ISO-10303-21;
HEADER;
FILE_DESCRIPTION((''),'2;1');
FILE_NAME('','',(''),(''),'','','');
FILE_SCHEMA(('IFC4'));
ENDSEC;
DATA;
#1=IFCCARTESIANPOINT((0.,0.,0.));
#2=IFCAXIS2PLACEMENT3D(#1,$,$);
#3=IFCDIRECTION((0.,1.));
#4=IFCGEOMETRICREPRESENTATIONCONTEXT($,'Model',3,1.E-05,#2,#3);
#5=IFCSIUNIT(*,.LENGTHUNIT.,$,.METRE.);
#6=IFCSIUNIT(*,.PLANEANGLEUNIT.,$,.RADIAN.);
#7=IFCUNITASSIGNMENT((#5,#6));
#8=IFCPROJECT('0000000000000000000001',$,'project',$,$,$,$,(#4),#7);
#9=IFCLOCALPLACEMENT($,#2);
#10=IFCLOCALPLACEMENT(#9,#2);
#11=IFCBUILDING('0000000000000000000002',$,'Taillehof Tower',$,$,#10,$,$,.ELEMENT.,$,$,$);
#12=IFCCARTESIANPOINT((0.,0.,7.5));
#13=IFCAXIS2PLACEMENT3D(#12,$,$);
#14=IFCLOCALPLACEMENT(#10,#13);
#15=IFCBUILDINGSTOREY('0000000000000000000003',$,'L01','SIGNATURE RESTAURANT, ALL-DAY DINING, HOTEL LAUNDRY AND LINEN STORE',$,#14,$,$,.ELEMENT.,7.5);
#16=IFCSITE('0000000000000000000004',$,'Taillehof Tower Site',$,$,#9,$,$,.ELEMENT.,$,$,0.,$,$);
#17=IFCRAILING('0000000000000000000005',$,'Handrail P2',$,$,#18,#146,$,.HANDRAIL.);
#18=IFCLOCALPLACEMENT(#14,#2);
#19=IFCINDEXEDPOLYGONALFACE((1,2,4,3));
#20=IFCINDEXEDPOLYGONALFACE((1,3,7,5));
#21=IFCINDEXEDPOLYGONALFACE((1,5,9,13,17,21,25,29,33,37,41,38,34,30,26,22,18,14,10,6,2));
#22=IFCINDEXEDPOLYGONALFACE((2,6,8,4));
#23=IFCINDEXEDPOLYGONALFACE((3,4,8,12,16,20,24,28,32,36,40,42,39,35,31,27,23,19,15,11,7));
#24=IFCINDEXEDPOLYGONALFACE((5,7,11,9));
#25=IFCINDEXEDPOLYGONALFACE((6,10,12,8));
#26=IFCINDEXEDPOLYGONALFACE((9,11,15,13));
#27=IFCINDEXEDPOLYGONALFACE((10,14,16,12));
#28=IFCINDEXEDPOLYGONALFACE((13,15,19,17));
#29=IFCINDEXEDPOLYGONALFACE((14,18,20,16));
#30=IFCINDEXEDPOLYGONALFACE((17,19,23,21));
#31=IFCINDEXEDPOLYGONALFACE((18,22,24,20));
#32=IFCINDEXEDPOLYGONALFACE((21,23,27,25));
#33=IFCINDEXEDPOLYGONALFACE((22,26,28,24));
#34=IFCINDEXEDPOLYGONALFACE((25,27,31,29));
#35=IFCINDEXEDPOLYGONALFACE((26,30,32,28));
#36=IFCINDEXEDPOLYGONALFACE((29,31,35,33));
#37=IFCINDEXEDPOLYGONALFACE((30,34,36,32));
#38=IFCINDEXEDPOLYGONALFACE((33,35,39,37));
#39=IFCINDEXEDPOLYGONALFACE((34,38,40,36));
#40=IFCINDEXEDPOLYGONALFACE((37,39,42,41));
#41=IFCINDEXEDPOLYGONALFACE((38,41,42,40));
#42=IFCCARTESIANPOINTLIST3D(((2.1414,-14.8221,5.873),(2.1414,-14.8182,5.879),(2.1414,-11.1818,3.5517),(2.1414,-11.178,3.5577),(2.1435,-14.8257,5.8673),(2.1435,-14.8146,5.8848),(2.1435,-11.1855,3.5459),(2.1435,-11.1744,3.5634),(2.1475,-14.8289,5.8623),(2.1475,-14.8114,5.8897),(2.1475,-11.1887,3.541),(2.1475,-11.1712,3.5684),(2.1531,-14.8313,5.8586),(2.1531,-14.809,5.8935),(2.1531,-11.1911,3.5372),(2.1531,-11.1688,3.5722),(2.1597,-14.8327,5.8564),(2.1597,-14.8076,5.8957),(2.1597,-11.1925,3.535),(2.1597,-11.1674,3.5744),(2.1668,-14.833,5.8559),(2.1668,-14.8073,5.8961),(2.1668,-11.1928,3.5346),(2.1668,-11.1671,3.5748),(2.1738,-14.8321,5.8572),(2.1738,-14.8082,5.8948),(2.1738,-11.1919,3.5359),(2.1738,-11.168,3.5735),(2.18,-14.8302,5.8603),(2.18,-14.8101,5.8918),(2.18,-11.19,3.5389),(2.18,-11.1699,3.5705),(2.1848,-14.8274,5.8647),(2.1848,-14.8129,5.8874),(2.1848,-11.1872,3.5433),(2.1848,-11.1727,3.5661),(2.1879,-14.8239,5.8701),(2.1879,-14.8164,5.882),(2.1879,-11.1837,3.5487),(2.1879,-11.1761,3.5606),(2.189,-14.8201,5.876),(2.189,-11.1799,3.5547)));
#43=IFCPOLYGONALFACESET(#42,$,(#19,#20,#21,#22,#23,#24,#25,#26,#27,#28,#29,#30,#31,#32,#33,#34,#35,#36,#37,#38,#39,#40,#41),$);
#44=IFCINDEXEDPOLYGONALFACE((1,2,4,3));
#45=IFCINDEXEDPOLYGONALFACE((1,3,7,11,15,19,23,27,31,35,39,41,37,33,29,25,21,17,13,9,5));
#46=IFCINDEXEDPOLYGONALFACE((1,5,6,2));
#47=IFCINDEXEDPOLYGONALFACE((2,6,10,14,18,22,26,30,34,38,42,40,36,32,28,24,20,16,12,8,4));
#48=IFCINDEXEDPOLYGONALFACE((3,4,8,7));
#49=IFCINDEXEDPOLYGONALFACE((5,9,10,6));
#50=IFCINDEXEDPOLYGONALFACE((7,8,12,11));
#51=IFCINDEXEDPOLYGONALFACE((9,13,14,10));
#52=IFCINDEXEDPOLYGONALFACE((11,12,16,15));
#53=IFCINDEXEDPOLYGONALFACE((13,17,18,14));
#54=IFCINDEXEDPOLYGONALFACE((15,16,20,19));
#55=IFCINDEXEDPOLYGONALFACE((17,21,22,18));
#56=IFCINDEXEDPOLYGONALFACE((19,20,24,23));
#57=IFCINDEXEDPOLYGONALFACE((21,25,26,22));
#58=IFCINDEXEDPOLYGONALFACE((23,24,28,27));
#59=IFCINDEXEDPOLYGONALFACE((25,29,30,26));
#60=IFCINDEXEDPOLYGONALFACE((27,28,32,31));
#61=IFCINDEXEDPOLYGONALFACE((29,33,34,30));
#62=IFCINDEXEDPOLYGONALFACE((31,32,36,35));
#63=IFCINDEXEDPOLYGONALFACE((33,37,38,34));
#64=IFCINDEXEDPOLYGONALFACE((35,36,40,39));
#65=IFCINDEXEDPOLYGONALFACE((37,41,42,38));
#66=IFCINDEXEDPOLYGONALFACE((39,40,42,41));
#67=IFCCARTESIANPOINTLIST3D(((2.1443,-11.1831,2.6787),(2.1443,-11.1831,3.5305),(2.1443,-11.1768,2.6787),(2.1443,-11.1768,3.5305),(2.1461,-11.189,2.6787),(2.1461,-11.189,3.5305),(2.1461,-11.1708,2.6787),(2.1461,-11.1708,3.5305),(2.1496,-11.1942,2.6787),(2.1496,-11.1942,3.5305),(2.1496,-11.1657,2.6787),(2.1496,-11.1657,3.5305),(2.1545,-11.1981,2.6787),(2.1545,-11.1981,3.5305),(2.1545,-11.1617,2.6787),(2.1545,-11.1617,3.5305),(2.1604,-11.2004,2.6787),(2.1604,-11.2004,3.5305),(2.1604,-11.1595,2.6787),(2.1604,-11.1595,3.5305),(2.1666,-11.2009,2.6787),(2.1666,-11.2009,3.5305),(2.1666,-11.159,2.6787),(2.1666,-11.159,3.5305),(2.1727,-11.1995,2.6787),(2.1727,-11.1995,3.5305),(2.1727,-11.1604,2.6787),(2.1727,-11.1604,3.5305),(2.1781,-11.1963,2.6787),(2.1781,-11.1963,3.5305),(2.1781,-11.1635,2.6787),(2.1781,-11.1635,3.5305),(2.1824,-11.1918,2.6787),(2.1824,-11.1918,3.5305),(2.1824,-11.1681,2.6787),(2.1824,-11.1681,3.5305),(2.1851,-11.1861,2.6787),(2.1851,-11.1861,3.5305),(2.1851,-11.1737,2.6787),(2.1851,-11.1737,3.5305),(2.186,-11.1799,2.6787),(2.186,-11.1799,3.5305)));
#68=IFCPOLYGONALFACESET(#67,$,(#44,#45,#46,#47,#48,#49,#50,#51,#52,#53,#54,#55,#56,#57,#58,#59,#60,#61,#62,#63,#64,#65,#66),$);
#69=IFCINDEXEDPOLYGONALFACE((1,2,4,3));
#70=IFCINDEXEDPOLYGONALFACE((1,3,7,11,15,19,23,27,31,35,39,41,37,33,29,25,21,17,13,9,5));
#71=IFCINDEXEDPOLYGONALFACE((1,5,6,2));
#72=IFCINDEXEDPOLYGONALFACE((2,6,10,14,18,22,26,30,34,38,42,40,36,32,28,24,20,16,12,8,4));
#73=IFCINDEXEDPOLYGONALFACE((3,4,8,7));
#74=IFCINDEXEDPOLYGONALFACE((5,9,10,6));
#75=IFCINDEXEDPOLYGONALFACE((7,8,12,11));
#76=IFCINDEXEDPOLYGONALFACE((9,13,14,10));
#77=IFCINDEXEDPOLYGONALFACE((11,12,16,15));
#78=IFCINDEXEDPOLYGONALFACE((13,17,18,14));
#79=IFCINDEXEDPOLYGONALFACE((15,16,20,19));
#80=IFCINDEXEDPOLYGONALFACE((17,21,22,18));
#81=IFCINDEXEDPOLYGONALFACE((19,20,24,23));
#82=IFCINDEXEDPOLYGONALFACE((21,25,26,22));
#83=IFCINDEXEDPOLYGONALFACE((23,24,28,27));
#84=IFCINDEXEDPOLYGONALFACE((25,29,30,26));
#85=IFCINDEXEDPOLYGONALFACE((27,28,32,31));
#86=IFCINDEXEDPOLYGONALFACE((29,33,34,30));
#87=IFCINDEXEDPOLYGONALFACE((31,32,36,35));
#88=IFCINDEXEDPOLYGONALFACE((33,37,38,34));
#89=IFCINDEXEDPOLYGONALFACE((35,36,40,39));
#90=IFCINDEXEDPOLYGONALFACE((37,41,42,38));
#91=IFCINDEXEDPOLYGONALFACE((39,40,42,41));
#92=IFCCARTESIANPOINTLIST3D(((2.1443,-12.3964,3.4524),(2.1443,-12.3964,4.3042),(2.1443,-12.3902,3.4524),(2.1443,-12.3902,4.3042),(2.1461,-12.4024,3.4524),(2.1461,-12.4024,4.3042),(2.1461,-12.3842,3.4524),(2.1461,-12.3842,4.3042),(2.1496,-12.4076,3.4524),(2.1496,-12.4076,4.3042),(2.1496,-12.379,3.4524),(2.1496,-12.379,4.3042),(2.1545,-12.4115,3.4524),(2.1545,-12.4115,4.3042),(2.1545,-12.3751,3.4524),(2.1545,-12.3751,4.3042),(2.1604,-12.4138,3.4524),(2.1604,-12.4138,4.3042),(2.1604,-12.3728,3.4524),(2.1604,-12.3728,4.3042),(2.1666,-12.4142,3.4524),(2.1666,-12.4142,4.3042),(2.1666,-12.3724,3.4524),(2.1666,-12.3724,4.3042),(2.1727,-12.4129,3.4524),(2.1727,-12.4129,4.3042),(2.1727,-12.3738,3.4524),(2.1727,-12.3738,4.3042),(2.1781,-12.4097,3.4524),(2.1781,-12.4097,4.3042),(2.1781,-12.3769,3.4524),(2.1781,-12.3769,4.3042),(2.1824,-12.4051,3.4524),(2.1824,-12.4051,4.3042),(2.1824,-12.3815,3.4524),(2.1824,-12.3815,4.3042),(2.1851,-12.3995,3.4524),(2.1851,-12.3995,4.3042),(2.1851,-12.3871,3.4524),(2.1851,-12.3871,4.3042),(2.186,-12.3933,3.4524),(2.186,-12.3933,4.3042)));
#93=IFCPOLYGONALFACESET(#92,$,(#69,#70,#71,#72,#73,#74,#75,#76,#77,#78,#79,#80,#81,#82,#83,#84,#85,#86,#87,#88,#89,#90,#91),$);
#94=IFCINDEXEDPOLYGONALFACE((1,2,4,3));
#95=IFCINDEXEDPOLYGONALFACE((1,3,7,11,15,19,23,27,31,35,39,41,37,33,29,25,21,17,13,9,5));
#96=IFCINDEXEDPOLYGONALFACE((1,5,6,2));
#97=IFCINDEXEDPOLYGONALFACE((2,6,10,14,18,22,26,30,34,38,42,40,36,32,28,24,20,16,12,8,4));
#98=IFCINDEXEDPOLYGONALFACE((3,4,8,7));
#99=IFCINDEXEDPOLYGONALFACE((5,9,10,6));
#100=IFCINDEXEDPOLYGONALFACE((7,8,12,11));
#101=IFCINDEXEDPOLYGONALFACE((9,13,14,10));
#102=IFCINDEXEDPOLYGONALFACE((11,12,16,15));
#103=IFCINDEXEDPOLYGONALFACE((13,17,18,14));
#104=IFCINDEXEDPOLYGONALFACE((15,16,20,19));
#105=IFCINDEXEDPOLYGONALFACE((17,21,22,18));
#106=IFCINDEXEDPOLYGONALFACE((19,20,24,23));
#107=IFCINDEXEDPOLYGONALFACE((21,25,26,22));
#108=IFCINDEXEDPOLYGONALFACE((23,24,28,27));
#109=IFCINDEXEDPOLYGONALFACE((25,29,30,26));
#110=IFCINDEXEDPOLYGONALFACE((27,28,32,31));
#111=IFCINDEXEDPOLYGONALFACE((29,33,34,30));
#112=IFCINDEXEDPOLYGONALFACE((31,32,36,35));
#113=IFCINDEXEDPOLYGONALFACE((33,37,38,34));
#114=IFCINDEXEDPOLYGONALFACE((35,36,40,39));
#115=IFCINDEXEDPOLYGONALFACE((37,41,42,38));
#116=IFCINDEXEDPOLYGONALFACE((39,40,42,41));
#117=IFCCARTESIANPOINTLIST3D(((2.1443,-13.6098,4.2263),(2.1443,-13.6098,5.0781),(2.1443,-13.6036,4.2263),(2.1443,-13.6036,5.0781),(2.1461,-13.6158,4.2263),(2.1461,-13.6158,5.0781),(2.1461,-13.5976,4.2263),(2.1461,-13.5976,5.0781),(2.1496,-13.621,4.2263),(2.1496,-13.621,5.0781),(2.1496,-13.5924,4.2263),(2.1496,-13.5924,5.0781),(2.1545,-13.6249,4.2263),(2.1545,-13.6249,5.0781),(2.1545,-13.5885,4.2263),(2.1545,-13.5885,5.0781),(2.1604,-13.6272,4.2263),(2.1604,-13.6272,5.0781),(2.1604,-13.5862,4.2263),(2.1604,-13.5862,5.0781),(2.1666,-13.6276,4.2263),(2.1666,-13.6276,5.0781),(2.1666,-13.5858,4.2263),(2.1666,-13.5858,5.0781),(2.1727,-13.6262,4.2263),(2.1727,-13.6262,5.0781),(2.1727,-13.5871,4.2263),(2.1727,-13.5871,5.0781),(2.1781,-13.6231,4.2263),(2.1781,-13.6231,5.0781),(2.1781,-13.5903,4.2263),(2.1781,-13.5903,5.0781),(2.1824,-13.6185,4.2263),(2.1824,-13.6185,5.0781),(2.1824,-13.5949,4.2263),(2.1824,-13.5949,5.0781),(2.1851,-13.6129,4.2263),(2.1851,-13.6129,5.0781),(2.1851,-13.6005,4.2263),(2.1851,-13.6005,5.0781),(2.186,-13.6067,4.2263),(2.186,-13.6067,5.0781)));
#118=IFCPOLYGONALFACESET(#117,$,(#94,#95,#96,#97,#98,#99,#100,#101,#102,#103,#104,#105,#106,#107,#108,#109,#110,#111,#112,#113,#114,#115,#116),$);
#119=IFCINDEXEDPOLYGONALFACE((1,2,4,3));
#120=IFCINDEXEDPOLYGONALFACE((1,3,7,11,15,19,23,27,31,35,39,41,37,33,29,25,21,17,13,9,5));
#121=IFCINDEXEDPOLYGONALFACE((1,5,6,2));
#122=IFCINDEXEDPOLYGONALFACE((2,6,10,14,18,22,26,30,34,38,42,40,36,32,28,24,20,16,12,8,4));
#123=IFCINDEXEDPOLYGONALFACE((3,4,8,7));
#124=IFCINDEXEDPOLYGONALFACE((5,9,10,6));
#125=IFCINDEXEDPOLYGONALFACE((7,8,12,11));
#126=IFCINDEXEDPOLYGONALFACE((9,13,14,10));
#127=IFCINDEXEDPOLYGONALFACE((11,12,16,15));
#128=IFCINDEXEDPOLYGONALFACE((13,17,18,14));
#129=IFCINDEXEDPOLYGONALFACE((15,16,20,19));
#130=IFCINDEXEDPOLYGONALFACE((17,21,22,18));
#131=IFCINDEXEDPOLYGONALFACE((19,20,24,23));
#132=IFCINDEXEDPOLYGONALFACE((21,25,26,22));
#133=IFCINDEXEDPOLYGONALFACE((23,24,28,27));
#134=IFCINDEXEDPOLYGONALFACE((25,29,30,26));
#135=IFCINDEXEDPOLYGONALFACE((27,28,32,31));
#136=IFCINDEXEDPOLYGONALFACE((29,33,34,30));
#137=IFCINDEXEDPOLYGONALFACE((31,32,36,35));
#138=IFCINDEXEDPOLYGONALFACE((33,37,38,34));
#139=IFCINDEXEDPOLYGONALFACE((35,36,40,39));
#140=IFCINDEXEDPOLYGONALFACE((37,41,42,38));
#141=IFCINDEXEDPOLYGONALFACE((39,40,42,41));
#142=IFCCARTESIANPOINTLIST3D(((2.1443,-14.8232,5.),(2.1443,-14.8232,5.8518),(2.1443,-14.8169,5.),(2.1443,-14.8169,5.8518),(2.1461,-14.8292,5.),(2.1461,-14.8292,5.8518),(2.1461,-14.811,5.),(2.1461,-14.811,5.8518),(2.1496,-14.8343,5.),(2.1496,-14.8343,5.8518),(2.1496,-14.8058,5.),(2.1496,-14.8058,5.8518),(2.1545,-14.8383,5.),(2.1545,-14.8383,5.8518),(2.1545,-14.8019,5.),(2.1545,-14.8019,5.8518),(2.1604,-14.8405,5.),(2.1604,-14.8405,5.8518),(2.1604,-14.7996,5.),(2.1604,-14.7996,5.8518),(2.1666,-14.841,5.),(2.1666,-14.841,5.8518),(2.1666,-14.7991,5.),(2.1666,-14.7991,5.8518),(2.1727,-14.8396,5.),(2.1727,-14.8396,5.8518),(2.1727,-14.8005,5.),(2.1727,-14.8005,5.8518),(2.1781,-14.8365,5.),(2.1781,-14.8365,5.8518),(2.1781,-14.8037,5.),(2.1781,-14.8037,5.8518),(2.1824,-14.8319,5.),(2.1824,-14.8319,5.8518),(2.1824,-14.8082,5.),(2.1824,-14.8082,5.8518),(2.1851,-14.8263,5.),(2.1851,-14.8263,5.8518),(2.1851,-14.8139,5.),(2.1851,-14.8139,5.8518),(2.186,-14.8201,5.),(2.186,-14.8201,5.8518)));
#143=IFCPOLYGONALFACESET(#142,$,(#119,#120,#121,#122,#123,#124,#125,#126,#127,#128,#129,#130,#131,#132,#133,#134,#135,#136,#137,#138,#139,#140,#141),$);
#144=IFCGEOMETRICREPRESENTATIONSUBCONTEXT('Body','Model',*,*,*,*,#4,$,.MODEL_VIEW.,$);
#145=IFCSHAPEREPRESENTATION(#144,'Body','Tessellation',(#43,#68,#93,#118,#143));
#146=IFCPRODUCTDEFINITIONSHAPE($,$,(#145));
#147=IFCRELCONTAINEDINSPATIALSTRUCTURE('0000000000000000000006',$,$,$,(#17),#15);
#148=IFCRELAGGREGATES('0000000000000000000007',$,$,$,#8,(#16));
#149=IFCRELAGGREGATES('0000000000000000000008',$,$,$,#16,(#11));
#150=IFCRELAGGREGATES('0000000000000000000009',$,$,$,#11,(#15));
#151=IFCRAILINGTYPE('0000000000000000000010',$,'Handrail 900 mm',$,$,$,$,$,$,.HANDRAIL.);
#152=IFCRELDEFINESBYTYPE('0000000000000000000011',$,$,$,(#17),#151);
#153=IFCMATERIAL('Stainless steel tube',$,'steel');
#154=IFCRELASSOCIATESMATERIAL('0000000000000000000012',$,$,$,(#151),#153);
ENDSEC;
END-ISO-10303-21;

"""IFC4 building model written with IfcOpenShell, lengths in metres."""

from ifc_helpers import new_model, si_unit, direction, frame, origin, origin_2d, place, context, subcontext, project, spatial, circle, extrude, material, type_object, element, save


model = new_model("IFC4")

# Units and contexts
model_context = context("Model", 3, precision=1e-05, world=origin(), true_north=direction((0.0, 1.0)))
body_context = subcontext(model_context, "Body", "Model", "MODEL_VIEW")
ifc_project = project(units=[si_unit("LENGTHUNIT", "METRE"), si_unit("PLANEANGLEUNIT", "RADIAN")], contexts=[model_context])

# Site, building, storey
site_placement = place(None, origin())
site = spatial("IfcSite", under=ifc_project, at=site_placement, Name="Taillehof Tower Site", CompositionType="ELEMENT", RefElevation=0.0)
building_placement = place(site_placement, origin())
building = spatial("IfcBuilding", under=site, at=building_placement, Name="Taillehof Tower", CompositionType="ELEMENT")
storey_placement = place(building_placement, frame((0.0, 0.0, 7.5)))
storey = spatial("IfcBuildingStorey", under=building, at=storey_placement, Name="L01", Description="SIGNATURE RESTAURANT, ALL-DAY DINING, HOTEL LAUNDRY AND LINEN STORE", CompositionType="ELEMENT", Elevation=7.5)

# Railing
ifc_material_1 = material(Name="Stainless steel tube", Category="steel")
railing_type_1 = type_object("IfcRailingType", Name="Handrail 900 mm", PredefinedType="HANDRAIL", material=ifc_material_1)
for number, where, name in (
    (1, (2.165, -11.1799, 2.6787), "Handrail P2"),
):
    element("IfcRailing", number, at=place(storey_placement, frame(where)), inside=storey, type_object=railing_type_1, Name=name, PredefinedType="HANDRAIL", context=body_context, shape_type="SweptSolid", body=[
        extrude(circle(Radius=0.0239, at=origin_2d()), frame((0.0, 0.0, 0.876), z_axis=(0.0, -0.843153, 0.537673), x_axis=(1.0, 0.0, 0.0)), (0.0, 0.0, 1.0), 4.3174),
        extrude(circle(Radius=0.021, at=origin_2d()), origin(), (0.0, 0.0, 1.0), 0.8518),
        extrude(circle(Radius=0.021, at=origin_2d()), frame((0.0, -1.2134, 0.7737)), (0.0, 0.0, 1.0), 0.8518),
        extrude(circle(Radius=0.021, at=origin_2d()), frame((0.0, -2.4268, 1.5476)), (0.0, 0.0, 1.0), 0.8518),
        extrude(circle(Radius=0.021, at=origin_2d()), frame((0.0, -3.6401, 2.3213)), (0.0, 0.0, 1.0), 0.8518),
    ])

save(model, "model.ifc")
